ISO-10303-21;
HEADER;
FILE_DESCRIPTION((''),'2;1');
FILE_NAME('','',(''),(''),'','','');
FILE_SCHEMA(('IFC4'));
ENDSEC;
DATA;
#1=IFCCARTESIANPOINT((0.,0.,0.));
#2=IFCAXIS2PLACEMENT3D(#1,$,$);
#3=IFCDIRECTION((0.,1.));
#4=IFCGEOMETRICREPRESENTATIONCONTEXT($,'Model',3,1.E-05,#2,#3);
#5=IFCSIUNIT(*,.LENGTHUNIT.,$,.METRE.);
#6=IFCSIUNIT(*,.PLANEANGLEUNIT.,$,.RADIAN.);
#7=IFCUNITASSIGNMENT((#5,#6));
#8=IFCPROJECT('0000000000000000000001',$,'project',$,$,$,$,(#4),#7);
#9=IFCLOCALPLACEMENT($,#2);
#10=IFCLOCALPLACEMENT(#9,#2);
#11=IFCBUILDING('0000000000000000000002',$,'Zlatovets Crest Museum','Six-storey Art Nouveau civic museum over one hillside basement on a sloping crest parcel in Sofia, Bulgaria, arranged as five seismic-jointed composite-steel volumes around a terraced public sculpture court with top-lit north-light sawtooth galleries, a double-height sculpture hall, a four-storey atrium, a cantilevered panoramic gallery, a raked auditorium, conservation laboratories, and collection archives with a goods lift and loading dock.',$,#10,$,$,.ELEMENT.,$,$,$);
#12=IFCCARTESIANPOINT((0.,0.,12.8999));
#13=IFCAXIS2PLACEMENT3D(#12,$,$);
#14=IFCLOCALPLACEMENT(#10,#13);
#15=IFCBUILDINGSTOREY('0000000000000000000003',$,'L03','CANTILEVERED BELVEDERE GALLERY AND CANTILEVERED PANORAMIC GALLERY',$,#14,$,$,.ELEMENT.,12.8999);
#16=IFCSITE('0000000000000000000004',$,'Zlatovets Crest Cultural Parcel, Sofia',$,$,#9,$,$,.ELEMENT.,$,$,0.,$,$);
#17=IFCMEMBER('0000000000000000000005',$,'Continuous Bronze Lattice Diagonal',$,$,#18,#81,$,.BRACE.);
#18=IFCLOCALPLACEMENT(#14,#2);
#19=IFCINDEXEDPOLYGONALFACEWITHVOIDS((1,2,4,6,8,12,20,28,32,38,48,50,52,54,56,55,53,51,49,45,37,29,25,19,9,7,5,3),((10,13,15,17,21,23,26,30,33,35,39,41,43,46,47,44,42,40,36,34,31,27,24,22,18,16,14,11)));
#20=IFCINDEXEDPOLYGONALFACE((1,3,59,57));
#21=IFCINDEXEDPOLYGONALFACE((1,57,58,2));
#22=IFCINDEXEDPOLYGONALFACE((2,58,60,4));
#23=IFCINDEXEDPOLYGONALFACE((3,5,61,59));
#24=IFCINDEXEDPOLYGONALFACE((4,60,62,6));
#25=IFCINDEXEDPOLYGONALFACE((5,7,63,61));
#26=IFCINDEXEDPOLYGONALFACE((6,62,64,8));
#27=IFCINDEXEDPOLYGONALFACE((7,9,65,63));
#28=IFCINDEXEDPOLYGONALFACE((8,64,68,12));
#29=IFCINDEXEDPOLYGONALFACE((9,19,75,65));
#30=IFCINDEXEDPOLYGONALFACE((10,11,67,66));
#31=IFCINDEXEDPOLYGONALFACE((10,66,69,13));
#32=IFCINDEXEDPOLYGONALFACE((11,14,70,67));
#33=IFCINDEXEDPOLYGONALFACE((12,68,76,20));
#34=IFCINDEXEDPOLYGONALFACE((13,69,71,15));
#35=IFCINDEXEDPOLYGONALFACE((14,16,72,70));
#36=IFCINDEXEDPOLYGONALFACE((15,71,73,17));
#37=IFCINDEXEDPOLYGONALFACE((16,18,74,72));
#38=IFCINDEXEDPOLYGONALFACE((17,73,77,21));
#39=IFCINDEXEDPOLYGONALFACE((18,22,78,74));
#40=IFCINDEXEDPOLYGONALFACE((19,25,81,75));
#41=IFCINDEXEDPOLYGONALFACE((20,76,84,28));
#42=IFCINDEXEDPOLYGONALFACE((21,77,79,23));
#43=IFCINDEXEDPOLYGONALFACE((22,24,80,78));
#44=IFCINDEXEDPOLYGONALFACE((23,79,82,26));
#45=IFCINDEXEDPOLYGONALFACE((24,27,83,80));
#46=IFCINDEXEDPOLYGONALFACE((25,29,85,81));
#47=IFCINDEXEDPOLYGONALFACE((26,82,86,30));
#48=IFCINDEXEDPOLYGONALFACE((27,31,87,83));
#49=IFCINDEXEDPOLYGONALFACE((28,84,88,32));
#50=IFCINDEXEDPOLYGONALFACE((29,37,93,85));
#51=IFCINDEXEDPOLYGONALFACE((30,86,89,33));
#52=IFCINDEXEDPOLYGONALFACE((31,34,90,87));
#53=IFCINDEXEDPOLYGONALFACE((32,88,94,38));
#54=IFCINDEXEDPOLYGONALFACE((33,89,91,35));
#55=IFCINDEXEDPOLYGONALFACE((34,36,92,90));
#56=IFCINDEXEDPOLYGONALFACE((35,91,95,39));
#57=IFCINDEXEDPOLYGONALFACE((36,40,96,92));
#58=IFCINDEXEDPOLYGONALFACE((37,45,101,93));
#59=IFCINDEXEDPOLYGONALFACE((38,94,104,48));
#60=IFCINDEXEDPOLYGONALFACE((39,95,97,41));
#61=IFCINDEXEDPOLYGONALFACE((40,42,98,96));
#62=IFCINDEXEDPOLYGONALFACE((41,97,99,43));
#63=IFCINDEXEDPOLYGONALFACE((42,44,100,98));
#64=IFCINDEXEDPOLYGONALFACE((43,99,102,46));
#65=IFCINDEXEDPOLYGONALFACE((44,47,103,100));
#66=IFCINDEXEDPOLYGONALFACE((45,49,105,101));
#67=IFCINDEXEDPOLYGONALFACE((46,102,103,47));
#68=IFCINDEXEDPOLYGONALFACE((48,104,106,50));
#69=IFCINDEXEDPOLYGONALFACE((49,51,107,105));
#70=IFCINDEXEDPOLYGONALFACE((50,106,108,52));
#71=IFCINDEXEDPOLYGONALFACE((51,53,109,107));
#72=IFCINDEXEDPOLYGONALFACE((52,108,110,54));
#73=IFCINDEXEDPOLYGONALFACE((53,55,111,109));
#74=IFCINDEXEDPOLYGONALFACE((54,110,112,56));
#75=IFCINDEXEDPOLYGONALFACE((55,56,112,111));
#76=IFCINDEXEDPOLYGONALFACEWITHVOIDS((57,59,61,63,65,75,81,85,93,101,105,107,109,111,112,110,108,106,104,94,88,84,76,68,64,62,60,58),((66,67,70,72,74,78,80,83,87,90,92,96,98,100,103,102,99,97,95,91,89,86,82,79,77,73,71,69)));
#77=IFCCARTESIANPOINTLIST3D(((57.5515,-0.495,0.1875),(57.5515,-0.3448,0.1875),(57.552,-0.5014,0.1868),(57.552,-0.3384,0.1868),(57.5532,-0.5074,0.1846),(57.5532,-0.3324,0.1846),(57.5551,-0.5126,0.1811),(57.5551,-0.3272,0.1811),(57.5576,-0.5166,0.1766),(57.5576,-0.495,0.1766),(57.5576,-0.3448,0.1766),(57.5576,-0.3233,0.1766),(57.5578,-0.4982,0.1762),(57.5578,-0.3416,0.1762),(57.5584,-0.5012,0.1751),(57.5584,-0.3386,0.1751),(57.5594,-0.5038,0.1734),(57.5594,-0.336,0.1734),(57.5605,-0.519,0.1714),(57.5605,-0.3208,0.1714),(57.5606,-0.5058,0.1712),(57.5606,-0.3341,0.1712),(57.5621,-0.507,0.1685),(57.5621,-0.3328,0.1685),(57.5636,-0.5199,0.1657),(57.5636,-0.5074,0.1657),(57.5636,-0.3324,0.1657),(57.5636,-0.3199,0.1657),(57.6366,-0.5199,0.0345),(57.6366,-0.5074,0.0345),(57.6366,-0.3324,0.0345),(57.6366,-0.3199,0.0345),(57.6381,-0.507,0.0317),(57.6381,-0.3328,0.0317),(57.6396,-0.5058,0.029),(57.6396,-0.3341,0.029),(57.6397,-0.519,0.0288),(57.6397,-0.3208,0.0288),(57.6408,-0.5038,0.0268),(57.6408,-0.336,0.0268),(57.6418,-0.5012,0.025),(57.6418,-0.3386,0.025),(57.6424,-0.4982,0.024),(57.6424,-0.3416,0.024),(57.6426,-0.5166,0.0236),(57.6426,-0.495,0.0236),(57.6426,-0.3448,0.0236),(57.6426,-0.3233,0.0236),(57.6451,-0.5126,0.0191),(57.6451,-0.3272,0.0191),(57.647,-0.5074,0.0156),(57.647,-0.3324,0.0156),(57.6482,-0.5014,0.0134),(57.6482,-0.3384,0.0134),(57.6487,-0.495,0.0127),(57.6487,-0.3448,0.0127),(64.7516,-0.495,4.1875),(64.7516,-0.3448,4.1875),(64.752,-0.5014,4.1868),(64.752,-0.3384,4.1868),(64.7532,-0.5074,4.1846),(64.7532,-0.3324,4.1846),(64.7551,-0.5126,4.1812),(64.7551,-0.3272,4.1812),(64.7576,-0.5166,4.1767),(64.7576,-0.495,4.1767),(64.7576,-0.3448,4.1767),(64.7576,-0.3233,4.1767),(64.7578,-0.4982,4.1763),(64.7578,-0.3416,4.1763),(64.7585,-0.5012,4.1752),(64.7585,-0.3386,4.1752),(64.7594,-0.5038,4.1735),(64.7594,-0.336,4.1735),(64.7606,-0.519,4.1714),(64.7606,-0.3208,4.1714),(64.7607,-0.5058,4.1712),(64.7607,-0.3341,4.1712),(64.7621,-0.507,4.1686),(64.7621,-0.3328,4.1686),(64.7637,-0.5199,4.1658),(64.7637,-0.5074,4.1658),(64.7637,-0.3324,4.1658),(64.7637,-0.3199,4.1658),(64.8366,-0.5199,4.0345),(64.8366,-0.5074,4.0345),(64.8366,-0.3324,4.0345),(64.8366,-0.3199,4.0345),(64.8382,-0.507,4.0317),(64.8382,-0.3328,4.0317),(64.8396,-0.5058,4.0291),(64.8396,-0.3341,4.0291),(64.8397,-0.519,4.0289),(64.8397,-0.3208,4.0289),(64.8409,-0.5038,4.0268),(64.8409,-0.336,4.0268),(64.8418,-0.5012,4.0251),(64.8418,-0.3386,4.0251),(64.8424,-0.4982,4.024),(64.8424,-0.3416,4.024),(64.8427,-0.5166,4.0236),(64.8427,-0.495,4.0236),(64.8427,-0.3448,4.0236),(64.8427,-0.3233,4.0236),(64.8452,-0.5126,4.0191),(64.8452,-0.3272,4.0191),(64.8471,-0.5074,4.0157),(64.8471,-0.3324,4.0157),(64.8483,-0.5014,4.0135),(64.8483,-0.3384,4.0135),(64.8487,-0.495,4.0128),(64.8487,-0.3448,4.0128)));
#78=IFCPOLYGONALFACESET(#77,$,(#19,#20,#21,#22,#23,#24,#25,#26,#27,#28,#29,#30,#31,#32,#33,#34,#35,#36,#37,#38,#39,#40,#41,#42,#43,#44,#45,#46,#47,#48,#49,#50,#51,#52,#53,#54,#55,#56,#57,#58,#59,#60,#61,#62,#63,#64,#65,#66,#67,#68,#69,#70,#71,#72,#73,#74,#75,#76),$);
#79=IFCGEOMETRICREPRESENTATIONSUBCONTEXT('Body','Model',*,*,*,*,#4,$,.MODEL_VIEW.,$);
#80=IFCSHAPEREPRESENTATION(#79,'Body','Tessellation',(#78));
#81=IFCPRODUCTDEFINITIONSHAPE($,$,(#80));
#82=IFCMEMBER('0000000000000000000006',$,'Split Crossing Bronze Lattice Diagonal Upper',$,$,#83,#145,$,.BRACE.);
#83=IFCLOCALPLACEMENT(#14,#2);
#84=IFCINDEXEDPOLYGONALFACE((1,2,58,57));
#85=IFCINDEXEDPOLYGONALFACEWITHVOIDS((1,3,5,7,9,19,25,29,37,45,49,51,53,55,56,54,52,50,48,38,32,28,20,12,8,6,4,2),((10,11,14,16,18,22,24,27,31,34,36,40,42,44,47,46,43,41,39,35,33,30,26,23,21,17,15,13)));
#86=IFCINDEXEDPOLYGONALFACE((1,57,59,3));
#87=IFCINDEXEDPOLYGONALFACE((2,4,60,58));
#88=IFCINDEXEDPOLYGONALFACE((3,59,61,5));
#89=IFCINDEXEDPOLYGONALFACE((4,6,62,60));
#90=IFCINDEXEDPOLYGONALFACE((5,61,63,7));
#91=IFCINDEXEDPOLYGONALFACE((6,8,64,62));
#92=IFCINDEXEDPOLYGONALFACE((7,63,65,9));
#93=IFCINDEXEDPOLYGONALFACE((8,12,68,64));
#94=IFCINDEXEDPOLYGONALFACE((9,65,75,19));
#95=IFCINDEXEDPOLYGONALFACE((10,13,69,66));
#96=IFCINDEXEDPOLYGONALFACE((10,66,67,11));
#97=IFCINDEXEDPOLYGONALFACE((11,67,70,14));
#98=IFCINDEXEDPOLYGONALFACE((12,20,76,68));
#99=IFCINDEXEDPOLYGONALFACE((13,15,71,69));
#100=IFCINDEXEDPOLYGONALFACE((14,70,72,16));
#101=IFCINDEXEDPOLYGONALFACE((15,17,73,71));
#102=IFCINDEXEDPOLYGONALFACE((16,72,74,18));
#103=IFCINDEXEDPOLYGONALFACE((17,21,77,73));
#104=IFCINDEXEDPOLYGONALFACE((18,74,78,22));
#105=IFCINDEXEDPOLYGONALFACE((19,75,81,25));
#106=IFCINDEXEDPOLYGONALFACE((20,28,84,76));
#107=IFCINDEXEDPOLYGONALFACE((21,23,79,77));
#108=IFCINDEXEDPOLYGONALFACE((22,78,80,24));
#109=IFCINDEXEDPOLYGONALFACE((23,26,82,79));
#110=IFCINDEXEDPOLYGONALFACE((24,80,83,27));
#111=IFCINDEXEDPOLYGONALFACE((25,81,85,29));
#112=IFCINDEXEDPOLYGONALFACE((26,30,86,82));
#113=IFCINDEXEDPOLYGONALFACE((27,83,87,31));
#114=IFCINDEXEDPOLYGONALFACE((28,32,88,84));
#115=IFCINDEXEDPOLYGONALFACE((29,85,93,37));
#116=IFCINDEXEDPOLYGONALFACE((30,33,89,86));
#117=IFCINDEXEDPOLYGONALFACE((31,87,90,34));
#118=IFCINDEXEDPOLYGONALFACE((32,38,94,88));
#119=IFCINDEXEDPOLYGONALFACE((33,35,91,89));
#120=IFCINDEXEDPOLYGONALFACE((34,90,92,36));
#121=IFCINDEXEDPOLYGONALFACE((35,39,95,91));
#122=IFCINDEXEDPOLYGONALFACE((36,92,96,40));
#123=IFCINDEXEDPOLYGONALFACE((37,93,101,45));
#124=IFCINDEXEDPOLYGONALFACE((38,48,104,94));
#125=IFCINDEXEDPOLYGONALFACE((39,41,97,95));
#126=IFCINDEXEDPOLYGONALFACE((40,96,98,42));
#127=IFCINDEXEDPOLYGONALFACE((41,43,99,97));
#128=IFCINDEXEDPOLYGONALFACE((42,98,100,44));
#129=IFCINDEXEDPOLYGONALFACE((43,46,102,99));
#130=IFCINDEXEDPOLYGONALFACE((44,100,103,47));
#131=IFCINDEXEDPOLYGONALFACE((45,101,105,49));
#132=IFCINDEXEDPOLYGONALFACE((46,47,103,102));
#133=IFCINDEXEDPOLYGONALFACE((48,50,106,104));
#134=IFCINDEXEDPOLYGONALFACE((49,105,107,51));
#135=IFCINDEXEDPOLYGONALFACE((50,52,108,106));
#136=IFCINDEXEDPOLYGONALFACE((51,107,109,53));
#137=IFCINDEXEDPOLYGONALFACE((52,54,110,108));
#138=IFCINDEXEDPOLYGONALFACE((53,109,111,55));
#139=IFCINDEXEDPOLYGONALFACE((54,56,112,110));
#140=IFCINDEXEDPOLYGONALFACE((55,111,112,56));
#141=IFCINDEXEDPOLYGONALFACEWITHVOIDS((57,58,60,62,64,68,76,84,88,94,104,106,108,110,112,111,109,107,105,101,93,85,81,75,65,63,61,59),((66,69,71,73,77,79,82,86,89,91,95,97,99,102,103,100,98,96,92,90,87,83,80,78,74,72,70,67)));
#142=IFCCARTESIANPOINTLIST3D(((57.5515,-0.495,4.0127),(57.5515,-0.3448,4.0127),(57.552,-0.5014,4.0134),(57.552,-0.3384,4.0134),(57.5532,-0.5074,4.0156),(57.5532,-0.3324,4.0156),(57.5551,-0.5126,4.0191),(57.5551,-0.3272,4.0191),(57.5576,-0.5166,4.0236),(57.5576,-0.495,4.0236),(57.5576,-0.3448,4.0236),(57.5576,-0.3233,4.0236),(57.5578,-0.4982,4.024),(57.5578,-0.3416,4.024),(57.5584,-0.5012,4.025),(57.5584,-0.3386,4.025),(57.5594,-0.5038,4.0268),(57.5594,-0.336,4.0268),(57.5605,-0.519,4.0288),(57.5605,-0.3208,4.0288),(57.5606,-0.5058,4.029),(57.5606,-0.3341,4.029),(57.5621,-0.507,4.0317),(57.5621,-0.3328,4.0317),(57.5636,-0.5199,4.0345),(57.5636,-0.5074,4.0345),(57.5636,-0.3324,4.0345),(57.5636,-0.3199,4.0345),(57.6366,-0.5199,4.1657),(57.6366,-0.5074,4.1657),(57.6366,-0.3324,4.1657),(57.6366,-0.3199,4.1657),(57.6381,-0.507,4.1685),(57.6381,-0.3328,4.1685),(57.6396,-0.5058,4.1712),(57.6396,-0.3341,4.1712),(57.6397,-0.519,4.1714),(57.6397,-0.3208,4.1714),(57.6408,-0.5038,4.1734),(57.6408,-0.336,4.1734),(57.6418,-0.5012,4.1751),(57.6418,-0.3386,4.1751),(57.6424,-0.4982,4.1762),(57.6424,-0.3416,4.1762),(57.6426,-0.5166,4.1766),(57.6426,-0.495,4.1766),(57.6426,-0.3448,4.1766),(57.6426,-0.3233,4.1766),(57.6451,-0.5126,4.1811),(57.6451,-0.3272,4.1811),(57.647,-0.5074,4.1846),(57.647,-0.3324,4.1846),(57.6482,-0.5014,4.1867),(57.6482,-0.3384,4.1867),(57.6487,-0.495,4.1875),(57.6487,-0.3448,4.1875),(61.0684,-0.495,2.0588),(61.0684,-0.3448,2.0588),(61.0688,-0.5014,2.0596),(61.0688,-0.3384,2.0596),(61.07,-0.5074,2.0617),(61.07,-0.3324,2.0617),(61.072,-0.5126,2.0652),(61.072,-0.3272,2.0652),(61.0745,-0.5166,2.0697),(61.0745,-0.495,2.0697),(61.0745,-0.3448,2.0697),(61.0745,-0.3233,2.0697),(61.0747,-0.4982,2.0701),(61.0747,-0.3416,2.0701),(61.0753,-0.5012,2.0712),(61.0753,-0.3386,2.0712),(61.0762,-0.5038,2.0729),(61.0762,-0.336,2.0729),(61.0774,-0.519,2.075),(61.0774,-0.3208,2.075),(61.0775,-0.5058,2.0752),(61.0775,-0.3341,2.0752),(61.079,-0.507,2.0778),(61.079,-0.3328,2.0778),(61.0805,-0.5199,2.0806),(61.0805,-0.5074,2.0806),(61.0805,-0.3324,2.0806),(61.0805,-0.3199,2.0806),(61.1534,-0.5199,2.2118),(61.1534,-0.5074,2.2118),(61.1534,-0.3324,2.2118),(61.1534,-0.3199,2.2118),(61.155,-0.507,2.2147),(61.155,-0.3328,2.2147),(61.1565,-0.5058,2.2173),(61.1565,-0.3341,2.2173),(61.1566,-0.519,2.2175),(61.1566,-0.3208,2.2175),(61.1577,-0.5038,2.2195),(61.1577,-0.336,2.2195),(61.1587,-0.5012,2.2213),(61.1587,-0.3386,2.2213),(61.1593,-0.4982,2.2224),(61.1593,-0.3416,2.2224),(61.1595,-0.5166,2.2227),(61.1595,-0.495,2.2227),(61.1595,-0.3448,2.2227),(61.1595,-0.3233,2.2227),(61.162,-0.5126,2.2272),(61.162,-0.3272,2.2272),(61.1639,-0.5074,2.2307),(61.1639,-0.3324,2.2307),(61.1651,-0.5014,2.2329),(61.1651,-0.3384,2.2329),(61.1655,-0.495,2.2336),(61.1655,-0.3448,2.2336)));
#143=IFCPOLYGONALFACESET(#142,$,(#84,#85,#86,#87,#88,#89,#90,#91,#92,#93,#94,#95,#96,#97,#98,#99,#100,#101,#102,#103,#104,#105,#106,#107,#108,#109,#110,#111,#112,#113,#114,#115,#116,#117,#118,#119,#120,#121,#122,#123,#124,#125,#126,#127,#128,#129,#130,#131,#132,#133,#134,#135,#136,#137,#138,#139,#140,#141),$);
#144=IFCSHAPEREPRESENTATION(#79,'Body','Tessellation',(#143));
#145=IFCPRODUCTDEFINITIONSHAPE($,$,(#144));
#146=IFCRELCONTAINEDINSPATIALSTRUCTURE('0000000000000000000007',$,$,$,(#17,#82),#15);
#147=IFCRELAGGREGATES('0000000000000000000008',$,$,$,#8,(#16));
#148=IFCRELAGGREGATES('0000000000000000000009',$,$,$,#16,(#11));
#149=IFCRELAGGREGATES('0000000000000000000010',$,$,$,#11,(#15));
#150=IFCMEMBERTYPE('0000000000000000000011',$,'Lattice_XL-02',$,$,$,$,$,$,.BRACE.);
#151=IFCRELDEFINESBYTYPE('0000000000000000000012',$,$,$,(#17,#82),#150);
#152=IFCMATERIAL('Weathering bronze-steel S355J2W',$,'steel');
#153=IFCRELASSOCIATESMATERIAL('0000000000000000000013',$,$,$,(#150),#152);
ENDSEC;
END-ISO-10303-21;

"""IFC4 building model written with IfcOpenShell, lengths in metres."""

from ifc_helpers import new_model, si_unit, direction, frame, origin, origin_2d, place, context, subcontext, project, spatial, hollow_rectangle, extrude, material, material_profile, profile_set, type_object, element, save


model = new_model("IFC4")

# Units and contexts
model_context = context("Model", 3, precision=1e-05, world=origin(), true_north=direction((0.0, 1.0)))
body_context = subcontext(model_context, "Body", "Model", "MODEL_VIEW")
ifc_project = project(units=[si_unit("LENGTHUNIT", "METRE"), si_unit("PLANEANGLEUNIT", "RADIAN")], contexts=[model_context])

# Site, building, storey
site_placement = place(None, origin())
site = spatial("IfcSite", under=ifc_project, at=site_placement, Name="Zlatovets Crest Cultural Parcel, Sofia", CompositionType="ELEMENT", RefElevation=0.0)
building_placement = place(site_placement, origin())
building = spatial("IfcBuilding", under=site, at=building_placement, Name="Zlatovets Crest Museum", Description="Six-storey Art Nouveau civic museum over one hillside basement on a sloping crest parcel in Sofia, Bulgaria, arranged as five seismic-jointed composite-steel volumes around a terraced public sculpture court with top-lit north-light sawtooth galleries, a double-height sculpture hall, a four-storey atrium, a cantilevered panoramic gallery, a raked auditorium, conservation laboratories, and collection archives with a goods lift and loading dock.", CompositionType="ELEMENT")
storey_placement = place(building_placement, frame((0.0, 0.0, 12.8999)))
storey = spatial("IfcBuildingStorey", under=building, at=storey_placement, Name="L03", Description="CANTILEVERED BELVEDERE GALLERY AND CANTILEVERED PANORAMIC GALLERY", CompositionType="ELEMENT", Elevation=12.8999)

# Members
ifc_material_1 = material(Name="Weathering bronze-steel S355J2W", Category="steel")
ifc_material_profile_1 = material_profile(ifc_material_1, hollow_rectangle(XDim=0.2, YDim=0.2, WallThickness=0.0125, InnerFilletRadius=0.0125, OuterFilletRadius=0.0249, at=origin_2d()), Name="SHS 200x200x12.5")
ifc_profile_set_1 = profile_set([ifc_material_profile_1], Name="Weathering bronze-steel S355J2W")
member_type_1 = type_object("IfcMemberType", Name="Lattice_XL-02", PredefinedType="BRACE", material=ifc_profile_set_1)
member_1_placement = place(storey_placement, frame((57.6001, -0.4199, 0.1001), z_axis=(0.874156, 0.0, 0.485645), x_axis=(0.0, 1.0, 0.0)))
element("IfcMember", 1, at=member_1_placement, inside=storey, type_object=member_type_1, Name="Continuous Bronze Lattice Diagonal", PredefinedType="BRACE", context=body_context, shape_type="SweptSolid", body=[
    extrude(hollow_rectangle(XDim=0.2, YDim=0.2, WallThickness=0.0125, InnerFilletRadius=0.0125, OuterFilletRadius=0.0249, at=origin_2d()), origin(), (0.0, 0.0, 1.0), 8.2366),
])
member_2_placement = place(storey_placement, frame((57.6001, -0.4199, 4.1001), z_axis=(0.874152, 0.0, -0.485653), x_axis=(0.0, 1.0, 0.0)))
element("IfcMember", 2, at=member_2_placement, inside=storey, type_object=member_type_1, Name="Split Crossing Bronze Lattice Diagonal Upper", PredefinedType="BRACE", context=body_context, shape_type="SweptSolid", body=[
    extrude(hollow_rectangle(XDim=0.2, YDim=0.2, WallThickness=0.0125, InnerFilletRadius=0.0125, OuterFilletRadius=0.0249, at=origin_2d()), origin(), (0.0, 0.0, 1.0), 4.0232),
])

save(model, "model.ifc")
